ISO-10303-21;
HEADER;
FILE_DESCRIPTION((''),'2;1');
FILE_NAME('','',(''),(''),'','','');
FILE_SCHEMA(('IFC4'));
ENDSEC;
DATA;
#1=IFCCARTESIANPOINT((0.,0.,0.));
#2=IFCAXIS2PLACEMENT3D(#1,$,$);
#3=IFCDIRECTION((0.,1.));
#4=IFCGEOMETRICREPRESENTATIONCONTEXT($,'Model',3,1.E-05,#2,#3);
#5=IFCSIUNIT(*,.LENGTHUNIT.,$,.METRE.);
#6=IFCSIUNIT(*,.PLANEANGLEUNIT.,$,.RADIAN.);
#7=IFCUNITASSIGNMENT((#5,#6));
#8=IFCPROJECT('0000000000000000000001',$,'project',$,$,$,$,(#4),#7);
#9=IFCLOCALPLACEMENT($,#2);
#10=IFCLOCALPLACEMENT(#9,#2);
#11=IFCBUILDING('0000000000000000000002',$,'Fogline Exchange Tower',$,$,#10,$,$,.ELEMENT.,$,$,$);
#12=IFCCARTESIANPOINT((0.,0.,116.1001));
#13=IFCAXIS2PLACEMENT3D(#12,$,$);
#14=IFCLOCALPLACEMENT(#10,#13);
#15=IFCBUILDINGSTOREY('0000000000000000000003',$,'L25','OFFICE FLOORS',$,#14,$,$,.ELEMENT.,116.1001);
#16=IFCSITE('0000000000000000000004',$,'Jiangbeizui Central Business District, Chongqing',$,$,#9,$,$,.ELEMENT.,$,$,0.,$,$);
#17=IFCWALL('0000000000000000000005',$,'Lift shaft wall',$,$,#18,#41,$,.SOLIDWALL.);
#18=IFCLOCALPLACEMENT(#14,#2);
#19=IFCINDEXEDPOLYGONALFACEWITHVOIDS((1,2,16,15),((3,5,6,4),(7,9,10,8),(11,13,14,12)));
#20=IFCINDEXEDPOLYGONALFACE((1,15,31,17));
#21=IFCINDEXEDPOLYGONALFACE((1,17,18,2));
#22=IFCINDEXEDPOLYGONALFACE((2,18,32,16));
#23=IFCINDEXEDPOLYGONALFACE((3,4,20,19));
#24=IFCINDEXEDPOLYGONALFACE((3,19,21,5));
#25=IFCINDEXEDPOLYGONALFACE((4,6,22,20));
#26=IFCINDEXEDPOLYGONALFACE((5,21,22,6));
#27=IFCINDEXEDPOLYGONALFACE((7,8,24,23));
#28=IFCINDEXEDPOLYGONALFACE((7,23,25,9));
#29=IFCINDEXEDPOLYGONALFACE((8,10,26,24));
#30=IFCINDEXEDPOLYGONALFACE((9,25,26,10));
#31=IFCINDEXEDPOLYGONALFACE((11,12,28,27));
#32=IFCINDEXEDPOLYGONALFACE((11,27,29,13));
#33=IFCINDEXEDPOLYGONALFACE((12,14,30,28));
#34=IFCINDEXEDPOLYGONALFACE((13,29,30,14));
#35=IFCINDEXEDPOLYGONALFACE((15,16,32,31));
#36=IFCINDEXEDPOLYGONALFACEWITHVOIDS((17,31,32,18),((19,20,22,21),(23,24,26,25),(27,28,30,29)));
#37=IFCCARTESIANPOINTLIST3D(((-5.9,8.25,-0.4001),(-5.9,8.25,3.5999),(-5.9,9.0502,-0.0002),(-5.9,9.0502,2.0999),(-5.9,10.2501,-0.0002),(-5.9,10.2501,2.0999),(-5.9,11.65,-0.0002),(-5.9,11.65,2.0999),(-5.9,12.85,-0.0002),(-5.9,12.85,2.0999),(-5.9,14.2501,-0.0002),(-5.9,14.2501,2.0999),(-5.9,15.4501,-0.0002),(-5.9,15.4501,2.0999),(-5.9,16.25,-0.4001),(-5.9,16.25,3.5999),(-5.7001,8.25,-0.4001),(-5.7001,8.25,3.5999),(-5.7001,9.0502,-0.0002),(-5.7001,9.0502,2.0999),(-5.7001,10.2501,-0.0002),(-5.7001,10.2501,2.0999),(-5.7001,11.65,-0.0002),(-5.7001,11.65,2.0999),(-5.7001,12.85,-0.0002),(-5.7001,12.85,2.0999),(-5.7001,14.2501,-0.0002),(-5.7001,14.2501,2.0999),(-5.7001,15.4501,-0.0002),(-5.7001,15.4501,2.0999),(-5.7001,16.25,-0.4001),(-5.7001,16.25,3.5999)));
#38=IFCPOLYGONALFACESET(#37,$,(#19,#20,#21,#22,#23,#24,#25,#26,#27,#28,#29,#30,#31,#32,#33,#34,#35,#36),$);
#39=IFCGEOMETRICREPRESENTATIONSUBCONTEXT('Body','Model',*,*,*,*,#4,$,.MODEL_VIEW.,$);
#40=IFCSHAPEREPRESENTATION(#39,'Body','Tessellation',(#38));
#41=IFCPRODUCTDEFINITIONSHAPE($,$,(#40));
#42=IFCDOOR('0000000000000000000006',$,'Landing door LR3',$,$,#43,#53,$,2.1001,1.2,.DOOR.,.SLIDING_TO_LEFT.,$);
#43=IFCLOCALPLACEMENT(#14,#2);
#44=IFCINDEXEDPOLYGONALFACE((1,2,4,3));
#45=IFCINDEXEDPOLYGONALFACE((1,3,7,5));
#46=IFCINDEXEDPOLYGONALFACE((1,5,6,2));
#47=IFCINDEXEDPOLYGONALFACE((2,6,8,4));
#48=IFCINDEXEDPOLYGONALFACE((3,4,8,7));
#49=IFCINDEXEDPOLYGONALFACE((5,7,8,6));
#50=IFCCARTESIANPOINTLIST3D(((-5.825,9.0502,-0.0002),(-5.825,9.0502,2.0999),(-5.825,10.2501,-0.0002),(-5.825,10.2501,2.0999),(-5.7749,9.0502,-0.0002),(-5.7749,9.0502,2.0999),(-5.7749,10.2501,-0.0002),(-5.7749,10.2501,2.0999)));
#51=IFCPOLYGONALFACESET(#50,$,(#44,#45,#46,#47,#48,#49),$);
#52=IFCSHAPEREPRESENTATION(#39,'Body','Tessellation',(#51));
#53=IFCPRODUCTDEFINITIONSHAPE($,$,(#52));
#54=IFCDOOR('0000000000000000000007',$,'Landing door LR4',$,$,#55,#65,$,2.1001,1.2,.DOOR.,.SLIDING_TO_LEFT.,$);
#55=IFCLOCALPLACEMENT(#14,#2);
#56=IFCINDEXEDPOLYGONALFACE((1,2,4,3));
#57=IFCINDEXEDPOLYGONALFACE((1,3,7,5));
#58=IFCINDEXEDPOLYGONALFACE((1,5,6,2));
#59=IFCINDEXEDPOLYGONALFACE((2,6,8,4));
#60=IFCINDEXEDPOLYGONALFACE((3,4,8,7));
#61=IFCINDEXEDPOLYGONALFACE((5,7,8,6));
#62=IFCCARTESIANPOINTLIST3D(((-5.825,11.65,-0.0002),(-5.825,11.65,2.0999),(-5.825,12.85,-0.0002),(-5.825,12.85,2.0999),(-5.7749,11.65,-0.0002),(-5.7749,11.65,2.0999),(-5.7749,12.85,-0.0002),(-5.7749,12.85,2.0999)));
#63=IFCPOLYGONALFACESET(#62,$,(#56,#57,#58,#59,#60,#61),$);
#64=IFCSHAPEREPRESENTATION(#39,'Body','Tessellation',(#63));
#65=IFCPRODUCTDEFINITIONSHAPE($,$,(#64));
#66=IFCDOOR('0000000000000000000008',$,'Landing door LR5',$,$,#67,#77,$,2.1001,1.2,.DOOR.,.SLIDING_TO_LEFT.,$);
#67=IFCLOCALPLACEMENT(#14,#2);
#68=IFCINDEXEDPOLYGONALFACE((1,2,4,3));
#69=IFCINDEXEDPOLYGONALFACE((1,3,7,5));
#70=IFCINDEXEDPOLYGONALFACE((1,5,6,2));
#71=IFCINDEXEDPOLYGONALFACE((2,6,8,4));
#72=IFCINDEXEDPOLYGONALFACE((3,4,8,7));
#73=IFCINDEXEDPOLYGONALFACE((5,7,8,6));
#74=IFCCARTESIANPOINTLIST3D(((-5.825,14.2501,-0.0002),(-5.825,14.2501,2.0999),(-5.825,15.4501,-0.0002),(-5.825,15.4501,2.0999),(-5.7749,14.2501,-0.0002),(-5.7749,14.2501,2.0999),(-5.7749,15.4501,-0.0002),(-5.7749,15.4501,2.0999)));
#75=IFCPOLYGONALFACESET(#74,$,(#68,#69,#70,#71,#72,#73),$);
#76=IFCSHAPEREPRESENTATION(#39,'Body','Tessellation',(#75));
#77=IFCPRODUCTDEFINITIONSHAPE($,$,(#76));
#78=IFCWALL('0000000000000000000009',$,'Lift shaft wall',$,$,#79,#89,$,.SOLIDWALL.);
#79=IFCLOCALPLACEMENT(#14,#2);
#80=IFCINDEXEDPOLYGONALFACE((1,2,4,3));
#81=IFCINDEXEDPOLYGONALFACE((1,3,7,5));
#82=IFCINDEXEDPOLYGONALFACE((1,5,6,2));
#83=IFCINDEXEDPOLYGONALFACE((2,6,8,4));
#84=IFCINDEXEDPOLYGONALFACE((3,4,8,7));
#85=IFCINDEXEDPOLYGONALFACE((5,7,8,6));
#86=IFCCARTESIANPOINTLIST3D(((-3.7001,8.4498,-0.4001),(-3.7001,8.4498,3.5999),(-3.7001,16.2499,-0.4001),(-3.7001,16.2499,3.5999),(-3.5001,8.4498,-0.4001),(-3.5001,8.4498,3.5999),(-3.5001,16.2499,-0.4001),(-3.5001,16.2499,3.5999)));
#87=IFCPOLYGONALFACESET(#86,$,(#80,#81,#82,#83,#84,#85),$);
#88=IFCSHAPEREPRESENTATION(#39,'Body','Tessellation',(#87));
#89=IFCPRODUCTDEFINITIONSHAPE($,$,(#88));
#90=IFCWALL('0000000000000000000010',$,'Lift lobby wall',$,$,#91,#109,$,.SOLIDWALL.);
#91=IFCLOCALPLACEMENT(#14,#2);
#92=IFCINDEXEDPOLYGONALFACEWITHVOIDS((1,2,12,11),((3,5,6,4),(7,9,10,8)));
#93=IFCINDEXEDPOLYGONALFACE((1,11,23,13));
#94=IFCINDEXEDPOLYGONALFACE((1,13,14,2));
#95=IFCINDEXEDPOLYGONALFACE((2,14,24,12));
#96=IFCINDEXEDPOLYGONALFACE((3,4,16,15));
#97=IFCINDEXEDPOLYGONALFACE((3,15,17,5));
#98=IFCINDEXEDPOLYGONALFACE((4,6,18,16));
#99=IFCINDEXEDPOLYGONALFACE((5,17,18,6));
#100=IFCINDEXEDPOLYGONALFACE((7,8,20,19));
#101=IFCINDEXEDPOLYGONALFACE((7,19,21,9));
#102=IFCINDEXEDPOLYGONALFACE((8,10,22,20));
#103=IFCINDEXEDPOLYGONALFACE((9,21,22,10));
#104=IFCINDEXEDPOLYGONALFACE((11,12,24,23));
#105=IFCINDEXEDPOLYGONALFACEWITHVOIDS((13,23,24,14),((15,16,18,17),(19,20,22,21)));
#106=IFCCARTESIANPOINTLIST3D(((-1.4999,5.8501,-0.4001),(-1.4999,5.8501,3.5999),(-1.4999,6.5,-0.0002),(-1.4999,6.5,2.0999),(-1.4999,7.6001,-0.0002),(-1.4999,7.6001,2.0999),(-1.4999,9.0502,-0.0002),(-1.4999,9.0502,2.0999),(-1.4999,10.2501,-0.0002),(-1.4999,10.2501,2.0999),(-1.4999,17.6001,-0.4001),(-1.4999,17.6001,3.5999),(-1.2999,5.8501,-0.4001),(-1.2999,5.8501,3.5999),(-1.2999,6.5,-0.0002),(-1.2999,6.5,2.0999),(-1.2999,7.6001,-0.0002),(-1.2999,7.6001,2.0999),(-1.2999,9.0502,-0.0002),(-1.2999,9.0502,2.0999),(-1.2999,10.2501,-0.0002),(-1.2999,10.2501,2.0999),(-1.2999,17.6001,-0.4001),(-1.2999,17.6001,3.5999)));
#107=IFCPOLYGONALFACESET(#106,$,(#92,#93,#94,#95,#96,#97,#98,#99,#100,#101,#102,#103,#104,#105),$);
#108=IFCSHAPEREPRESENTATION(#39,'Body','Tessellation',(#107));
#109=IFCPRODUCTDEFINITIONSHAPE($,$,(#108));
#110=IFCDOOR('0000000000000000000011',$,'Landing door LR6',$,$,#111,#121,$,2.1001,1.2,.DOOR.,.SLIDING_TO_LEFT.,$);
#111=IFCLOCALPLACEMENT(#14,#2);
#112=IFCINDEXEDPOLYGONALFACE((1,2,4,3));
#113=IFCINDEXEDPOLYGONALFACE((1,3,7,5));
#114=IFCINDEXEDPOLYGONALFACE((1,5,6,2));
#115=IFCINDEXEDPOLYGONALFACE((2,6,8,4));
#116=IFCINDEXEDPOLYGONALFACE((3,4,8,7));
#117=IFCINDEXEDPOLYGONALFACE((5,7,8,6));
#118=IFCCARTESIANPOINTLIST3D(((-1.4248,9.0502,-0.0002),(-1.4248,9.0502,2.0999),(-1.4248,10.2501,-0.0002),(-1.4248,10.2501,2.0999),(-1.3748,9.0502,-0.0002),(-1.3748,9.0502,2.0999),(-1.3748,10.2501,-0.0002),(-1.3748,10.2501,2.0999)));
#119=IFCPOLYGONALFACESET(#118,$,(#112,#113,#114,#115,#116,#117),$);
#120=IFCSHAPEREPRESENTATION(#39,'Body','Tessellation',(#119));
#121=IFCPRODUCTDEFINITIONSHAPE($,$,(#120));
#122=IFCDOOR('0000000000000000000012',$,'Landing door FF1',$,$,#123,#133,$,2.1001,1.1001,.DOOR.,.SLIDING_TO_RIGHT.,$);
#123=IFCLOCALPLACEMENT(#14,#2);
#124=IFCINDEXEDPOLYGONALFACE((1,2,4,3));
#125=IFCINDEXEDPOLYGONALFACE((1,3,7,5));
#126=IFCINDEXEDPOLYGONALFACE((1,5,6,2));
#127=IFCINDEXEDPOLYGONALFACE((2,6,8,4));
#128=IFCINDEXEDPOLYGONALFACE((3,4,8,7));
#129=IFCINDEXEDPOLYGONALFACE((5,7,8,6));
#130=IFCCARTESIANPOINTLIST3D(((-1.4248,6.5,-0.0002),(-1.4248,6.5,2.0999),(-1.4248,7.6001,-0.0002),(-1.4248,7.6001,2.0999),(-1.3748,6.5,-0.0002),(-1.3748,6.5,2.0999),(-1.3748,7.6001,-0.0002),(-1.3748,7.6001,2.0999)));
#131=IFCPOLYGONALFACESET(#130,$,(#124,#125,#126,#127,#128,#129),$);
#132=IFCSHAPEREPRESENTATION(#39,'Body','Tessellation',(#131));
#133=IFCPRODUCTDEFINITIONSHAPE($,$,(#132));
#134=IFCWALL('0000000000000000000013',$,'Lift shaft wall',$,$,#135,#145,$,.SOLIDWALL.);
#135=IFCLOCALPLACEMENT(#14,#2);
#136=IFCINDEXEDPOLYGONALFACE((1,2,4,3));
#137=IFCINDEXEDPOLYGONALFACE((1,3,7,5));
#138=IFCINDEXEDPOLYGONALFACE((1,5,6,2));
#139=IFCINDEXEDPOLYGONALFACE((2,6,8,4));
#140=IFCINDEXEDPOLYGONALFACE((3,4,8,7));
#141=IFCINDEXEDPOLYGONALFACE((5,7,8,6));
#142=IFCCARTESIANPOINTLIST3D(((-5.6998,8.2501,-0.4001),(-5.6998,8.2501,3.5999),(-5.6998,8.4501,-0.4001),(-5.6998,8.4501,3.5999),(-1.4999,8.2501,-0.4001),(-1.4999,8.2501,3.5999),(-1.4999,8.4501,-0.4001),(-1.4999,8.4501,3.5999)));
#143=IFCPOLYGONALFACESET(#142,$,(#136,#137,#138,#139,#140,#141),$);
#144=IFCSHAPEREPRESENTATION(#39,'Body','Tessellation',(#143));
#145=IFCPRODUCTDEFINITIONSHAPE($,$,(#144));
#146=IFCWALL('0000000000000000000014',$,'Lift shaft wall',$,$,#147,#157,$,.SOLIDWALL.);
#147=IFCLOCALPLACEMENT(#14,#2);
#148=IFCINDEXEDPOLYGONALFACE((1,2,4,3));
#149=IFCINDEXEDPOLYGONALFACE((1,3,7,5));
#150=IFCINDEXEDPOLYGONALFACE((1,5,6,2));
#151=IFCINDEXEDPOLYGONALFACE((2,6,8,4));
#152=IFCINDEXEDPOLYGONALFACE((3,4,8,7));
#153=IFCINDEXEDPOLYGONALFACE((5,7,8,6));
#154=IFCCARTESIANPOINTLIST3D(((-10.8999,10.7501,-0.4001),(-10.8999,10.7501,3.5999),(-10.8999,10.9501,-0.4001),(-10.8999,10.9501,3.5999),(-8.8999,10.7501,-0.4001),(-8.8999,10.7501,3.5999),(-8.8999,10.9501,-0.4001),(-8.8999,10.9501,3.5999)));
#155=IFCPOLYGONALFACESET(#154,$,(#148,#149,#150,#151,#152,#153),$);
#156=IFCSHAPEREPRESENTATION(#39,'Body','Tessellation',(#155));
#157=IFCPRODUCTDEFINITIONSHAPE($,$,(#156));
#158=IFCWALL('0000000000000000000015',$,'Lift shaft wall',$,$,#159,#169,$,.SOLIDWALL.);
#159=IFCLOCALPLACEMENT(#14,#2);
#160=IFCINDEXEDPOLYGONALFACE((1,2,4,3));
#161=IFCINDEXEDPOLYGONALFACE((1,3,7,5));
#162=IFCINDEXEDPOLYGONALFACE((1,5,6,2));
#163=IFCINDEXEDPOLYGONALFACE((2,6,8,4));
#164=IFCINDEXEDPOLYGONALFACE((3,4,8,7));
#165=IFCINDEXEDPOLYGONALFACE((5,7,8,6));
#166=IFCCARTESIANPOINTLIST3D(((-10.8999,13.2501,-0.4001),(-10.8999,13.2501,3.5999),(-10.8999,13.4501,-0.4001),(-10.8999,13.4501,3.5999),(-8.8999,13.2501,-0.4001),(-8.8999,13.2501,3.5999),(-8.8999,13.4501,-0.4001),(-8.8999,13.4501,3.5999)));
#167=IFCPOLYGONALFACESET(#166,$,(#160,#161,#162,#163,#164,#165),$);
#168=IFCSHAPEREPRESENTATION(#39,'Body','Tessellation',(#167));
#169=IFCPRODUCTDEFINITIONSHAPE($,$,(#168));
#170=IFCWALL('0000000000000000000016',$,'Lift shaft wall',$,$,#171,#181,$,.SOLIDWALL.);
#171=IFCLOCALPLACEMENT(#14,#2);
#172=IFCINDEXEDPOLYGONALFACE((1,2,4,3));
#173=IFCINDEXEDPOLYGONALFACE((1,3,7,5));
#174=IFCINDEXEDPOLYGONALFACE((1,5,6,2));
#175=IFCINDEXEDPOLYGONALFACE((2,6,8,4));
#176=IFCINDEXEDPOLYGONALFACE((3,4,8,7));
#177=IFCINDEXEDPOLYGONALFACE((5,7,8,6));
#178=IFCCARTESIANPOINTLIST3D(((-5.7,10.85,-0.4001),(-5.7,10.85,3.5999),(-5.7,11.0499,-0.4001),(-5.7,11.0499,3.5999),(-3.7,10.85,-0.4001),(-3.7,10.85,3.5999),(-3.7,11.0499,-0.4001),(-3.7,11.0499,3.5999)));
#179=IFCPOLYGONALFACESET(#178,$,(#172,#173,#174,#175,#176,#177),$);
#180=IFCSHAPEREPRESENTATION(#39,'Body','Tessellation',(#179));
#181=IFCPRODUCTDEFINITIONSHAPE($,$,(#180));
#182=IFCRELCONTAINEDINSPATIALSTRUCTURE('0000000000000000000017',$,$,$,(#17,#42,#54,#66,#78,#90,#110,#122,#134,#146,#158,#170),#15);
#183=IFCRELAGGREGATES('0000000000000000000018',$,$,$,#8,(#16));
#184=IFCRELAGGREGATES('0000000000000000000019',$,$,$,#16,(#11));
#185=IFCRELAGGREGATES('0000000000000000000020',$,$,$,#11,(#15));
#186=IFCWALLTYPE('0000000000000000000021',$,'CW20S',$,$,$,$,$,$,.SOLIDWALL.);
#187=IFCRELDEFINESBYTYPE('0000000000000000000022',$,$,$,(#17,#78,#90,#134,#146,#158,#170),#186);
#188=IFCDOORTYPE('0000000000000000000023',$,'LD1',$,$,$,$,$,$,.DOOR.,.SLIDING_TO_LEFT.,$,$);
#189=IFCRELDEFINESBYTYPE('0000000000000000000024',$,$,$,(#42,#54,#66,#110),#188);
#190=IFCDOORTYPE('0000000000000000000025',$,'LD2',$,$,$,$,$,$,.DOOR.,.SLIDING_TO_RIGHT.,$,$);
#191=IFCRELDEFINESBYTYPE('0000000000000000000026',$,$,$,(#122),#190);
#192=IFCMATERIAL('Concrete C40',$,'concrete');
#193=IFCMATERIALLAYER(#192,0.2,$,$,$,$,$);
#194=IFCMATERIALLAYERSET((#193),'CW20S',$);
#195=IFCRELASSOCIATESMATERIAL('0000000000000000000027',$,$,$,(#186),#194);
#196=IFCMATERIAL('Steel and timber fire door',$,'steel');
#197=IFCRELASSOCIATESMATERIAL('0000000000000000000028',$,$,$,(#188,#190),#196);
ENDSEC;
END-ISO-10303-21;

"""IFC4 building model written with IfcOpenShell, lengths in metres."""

from ifc_helpers import new_model, si_unit, direction, frame, frame_2d, origin, place, context, subcontext, project, spatial, rectangle, extrude, material, layer, layer_set, type_object, element, fill, save


model = new_model("IFC4")

# Units and contexts
model_context = context("Model", 3, precision=1e-05, world=origin(), true_north=direction((0.0, 1.0)))
body_context = subcontext(model_context, "Body", "Model", "MODEL_VIEW")
ifc_project = project(units=[si_unit("LENGTHUNIT", "METRE"), si_unit("PLANEANGLEUNIT", "RADIAN")], contexts=[model_context])

# Site, building, storey
site_placement = place(None, origin())
site = spatial("IfcSite", under=ifc_project, at=site_placement, Name="Jiangbeizui Central Business District, Chongqing", CompositionType="ELEMENT", RefElevation=0.0)
building_placement = place(site_placement, origin())
building = spatial("IfcBuilding", under=site, at=building_placement, Name="Fogline Exchange Tower", CompositionType="ELEMENT")
storey_placement = place(building_placement, frame((0.0, 0.0, 116.1001)))
storey = spatial("IfcBuildingStorey", under=building, at=storey_placement, Name="L25", Description="OFFICE FLOORS", CompositionType="ELEMENT", Elevation=116.1001)

# Shared definitions
ifc_material_1 = material(Name="Steel and timber fire door", Category="steel")

# Shared definitions
ifc_material_2 = material(Name="Concrete C40", Category="concrete")

# Wall, openings, doors
ifc_layer_1 = layer(ifc_material_2, 0.2)
ifc_layer_set_1 = layer_set([ifc_layer_1], Name="CW20S")
wall_type_1 = type_object("IfcWallType", Name="CW20S", PredefinedType="SOLIDWALL", material=ifc_layer_set_1)
door_type_1 = type_object("IfcDoorType", Name="LD1", OperationType="SLIDING_TO_LEFT", PredefinedType="DOOR", material=ifc_material_1)
wall_1_placement = place(storey_placement, frame((-5.8, 8.25, -0.4001), z_axis=(0.0, 0.0, 1.0), x_axis=(0.0, 1.0, 0.0)))
wall_1 = element("IfcWall", 1, at=wall_1_placement, inside=storey, type_object=wall_type_1, Name="Lift shaft wall", PredefinedType="SOLIDWALL", context=body_context, shape_type="SweptSolid", body=[
    extrude(rectangle(XDim=8.0, YDim=0.2, at=frame_2d((4.0, 0.0))), origin(), (0.0, 0.0, 1.0), 4.0),
])
opening_1_placement = place(wall_1_placement, frame((0.8, 0.0, 0.3999)))
opening_1 = element("IfcOpeningElement", 2, at=opening_1_placement, cuts=wall_1, PredefinedType="OPENING", context=body_context, shape_type="SweptSolid", body=[
    extrude(rectangle(XDim=1.2, YDim=2.1001, at=frame_2d((0.6001, 1.05))), frame((0.0, 0.1099, 0.0), z_axis=(0.0, -1.0, 0.0), x_axis=(1.0, 0.0, 0.0)), (0.0, 0.0, 1.0), 0.22),
])
opening_2_placement = place(wall_1_placement, frame((3.3999, 0.0, 0.3999)))
opening_2 = element("IfcOpeningElement", 3, at=opening_2_placement, cuts=wall_1, PredefinedType="OPENING", context=body_context, shape_type="SweptSolid", body=[
    extrude(rectangle(XDim=1.2, YDim=2.1001, at=frame_2d((0.6001, 1.05))), frame((0.0, 0.1099, 0.0), z_axis=(0.0, -1.0, 0.0), x_axis=(1.0, 0.0, 0.0)), (0.0, 0.0, 1.0), 0.22),
])
opening_3_placement = place(wall_1_placement, frame((6.0, 0.0, 0.3999)))
opening_3 = element("IfcOpeningElement", 4, at=opening_3_placement, cuts=wall_1, PredefinedType="OPENING", context=body_context, shape_type="SweptSolid", body=[
    extrude(rectangle(XDim=1.2, YDim=2.1001, at=frame_2d((0.6001, 1.05))), frame((0.0, 0.1099, 0.0), z_axis=(0.0, -1.0, 0.0), x_axis=(1.0, 0.0, 0.0)), (0.0, 0.0, 1.0), 0.22),
])
door_1_placement = place(opening_1_placement, origin())
door_1 = element("IfcDoor", 5, at=door_1_placement, inside=storey, type_object=door_type_1, Name="Landing door LR3", OperationType="SLIDING_TO_LEFT", OverallHeight=2.1001, OverallWidth=1.2, PredefinedType="DOOR", context=body_context, shape_type="SweptSolid", body=[
    extrude(rectangle(XDim=1.2, YDim=2.1001, at=frame_2d((0.6001, 1.05))), frame((0.0, 0.0249, 0.0), z_axis=(0.0, -1.0, 0.0), x_axis=(1.0, 0.0, 0.0)), (0.0, 0.0, 1.0), 0.05),
])
fill(opening_1, door_1)
door_2_placement = place(opening_2_placement, origin())
door_2 = element("IfcDoor", 6, at=door_2_placement, inside=storey, type_object=door_type_1, Name="Landing door LR4", OperationType="SLIDING_TO_LEFT", OverallHeight=2.1001, OverallWidth=1.2, PredefinedType="DOOR", context=body_context, shape_type="SweptSolid", body=[
    extrude(rectangle(XDim=1.2, YDim=2.1001, at=frame_2d((0.6001, 1.05))), frame((0.0, 0.0249, 0.0), z_axis=(0.0, -1.0, 0.0), x_axis=(1.0, 0.0, 0.0)), (0.0, 0.0, 1.0), 0.05),
])
fill(opening_2, door_2)
door_3_placement = place(opening_3_placement, origin())
door_3 = element("IfcDoor", 7, at=door_3_placement, inside=storey, type_object=door_type_1, Name="Landing door LR5", OperationType="SLIDING_TO_LEFT", OverallHeight=2.1001, OverallWidth=1.2, PredefinedType="DOOR", context=body_context, shape_type="SweptSolid", body=[
    extrude(rectangle(XDim=1.2, YDim=2.1001, at=frame_2d((0.6001, 1.05))), frame((0.0, 0.0249, 0.0), z_axis=(0.0, -1.0, 0.0), x_axis=(1.0, 0.0, 0.0)), (0.0, 0.0, 1.0), 0.05),
])
fill(opening_3, door_3)

# Wall
wall_2_placement = place(storey_placement, frame((-3.6001, 8.45, -0.4001), z_axis=(0.0, 0.0, 1.0), x_axis=(0.0, 1.0, 0.0)))
element("IfcWall", 8, at=wall_2_placement, inside=storey, type_object=wall_type_1, Name="Lift shaft wall", PredefinedType="SOLIDWALL", context=body_context, shape_type="SweptSolid", body=[
    extrude(rectangle(XDim=7.8, YDim=0.2, at=frame_2d((3.8999, 0.0))), origin(), (0.0, 0.0, 1.0), 4.0),
])

# Wall, openings, doors
wall_3_placement = place(storey_placement, frame((-1.3999, 5.8501, -0.4001), z_axis=(0.0, 0.0, 1.0), x_axis=(0.0, 1.0, 0.0)))
wall_3 = element("IfcWall", 9, at=wall_3_placement, inside=storey, type_object=wall_type_1, Name="Lift lobby wall", PredefinedType="SOLIDWALL", context=body_context, shape_type="SweptSolid", body=[
    extrude(rectangle(XDim=11.75, YDim=0.2, at=frame_2d((5.875, 0.0))), origin(), (0.0, 0.0, 1.0), 4.0),
])
opening_4_placement = place(wall_3_placement, frame((3.2, 0.0, 0.3999)))
opening_4 = element("IfcOpeningElement", 10, at=opening_4_placement, cuts=wall_3, PredefinedType="OPENING", context=body_context, shape_type="SweptSolid", body=[
    extrude(rectangle(XDim=1.2, YDim=2.1001, at=frame_2d((0.6001, 1.05))), frame((0.0, 0.1099, 0.0), z_axis=(0.0, -1.0, 0.0), x_axis=(1.0, 0.0, 0.0)), (0.0, 0.0, 1.0), 0.22),
])
opening_5_placement = place(wall_3_placement, frame((0.6499, 0.0, 0.3999)))
opening_5 = element("IfcOpeningElement", 11, at=opening_5_placement, cuts=wall_3, PredefinedType="OPENING", context=body_context, shape_type="SweptSolid", body=[
    extrude(rectangle(XDim=1.1001, YDim=2.1001, at=frame_2d((0.55, 1.05))), frame((0.0, 0.1099, 0.0), z_axis=(0.0, -1.0, 0.0), x_axis=(1.0, 0.0, 0.0)), (0.0, 0.0, 1.0), 0.22),
])
door_4_placement = place(opening_4_placement, origin())
door_4 = element("IfcDoor", 12, at=door_4_placement, inside=storey, type_object=door_type_1, Name="Landing door LR6", OperationType="SLIDING_TO_LEFT", OverallHeight=2.1001, OverallWidth=1.2, PredefinedType="DOOR", context=body_context, shape_type="SweptSolid", body=[
    extrude(rectangle(XDim=1.2, YDim=2.1001, at=frame_2d((0.6001, 1.05))), frame((0.0, 0.0249, 0.0), z_axis=(0.0, -1.0, 0.0), x_axis=(1.0, 0.0, 0.0)), (0.0, 0.0, 1.0), 0.05),
])
fill(opening_4, door_4)
door_type_2 = type_object("IfcDoorType", Name="LD2", OperationType="SLIDING_TO_RIGHT", PredefinedType="DOOR", material=ifc_material_1)
door_5_placement = place(opening_5_placement, origin())
door_5 = element("IfcDoor", 13, at=door_5_placement, inside=storey, type_object=door_type_2, Name="Landing door FF1", OperationType="SLIDING_TO_RIGHT", OverallHeight=2.1001, OverallWidth=1.1001, PredefinedType="DOOR", context=body_context, shape_type="SweptSolid", body=[
    extrude(rectangle(XDim=1.1001, YDim=2.1001, at=frame_2d((0.55, 1.05))), frame((0.0, 0.0249, 0.0), z_axis=(0.0, -1.0, 0.0), x_axis=(1.0, 0.0, 0.0)), (0.0, 0.0, 1.0), 0.05),
])
fill(opening_5, door_5)

# Walls
wall_4_placement = place(storey_placement, frame((-5.7, 8.3501, -0.4001), z_axis=(0.0, 0.0, 1.0), x_axis=(1.0, 0.0, 0.0)))
element("IfcWall", 14, at=wall_4_placement, inside=storey, type_object=wall_type_1, Name="Lift shaft wall", PredefinedType="SOLIDWALL", context=body_context, shape_type="SweptSolid", body=[
    extrude(rectangle(XDim=4.2, YDim=0.2, at=frame_2d((2.1001, 0.0))), origin(), (0.0, 0.0, 1.0), 4.0),
])
for number, where, z_axis, x_axis, name in (
    (15, (-10.8999, 10.8501, -0.4001), (0.0, 0.0, 1.0), (1.0, 0.0, 0.0), "Lift shaft wall"),
    (16, (-10.8999, 13.3501, -0.4001), (0.0, 0.0, 1.0), (1.0, 0.0, 0.0), "Lift shaft wall"),
    (17, (-5.7, 10.95, -0.4001), (0.0, 0.0, 1.0), (1.0, 0.0, 0.0), "Lift shaft wall"),
):
    element("IfcWall", number, at=place(storey_placement, frame(where, z_axis=z_axis, x_axis=x_axis)), inside=storey, type_object=wall_type_1, Name=name, PredefinedType="SOLIDWALL", context=body_context, shape_type="SweptSolid", body=[
        extrude(rectangle(XDim=2.0, YDim=0.2, at=frame_2d((1.0, 0.0))), origin(), (0.0, 0.0, 1.0), 4.0),
    ])

save(model, "model.ifc")
